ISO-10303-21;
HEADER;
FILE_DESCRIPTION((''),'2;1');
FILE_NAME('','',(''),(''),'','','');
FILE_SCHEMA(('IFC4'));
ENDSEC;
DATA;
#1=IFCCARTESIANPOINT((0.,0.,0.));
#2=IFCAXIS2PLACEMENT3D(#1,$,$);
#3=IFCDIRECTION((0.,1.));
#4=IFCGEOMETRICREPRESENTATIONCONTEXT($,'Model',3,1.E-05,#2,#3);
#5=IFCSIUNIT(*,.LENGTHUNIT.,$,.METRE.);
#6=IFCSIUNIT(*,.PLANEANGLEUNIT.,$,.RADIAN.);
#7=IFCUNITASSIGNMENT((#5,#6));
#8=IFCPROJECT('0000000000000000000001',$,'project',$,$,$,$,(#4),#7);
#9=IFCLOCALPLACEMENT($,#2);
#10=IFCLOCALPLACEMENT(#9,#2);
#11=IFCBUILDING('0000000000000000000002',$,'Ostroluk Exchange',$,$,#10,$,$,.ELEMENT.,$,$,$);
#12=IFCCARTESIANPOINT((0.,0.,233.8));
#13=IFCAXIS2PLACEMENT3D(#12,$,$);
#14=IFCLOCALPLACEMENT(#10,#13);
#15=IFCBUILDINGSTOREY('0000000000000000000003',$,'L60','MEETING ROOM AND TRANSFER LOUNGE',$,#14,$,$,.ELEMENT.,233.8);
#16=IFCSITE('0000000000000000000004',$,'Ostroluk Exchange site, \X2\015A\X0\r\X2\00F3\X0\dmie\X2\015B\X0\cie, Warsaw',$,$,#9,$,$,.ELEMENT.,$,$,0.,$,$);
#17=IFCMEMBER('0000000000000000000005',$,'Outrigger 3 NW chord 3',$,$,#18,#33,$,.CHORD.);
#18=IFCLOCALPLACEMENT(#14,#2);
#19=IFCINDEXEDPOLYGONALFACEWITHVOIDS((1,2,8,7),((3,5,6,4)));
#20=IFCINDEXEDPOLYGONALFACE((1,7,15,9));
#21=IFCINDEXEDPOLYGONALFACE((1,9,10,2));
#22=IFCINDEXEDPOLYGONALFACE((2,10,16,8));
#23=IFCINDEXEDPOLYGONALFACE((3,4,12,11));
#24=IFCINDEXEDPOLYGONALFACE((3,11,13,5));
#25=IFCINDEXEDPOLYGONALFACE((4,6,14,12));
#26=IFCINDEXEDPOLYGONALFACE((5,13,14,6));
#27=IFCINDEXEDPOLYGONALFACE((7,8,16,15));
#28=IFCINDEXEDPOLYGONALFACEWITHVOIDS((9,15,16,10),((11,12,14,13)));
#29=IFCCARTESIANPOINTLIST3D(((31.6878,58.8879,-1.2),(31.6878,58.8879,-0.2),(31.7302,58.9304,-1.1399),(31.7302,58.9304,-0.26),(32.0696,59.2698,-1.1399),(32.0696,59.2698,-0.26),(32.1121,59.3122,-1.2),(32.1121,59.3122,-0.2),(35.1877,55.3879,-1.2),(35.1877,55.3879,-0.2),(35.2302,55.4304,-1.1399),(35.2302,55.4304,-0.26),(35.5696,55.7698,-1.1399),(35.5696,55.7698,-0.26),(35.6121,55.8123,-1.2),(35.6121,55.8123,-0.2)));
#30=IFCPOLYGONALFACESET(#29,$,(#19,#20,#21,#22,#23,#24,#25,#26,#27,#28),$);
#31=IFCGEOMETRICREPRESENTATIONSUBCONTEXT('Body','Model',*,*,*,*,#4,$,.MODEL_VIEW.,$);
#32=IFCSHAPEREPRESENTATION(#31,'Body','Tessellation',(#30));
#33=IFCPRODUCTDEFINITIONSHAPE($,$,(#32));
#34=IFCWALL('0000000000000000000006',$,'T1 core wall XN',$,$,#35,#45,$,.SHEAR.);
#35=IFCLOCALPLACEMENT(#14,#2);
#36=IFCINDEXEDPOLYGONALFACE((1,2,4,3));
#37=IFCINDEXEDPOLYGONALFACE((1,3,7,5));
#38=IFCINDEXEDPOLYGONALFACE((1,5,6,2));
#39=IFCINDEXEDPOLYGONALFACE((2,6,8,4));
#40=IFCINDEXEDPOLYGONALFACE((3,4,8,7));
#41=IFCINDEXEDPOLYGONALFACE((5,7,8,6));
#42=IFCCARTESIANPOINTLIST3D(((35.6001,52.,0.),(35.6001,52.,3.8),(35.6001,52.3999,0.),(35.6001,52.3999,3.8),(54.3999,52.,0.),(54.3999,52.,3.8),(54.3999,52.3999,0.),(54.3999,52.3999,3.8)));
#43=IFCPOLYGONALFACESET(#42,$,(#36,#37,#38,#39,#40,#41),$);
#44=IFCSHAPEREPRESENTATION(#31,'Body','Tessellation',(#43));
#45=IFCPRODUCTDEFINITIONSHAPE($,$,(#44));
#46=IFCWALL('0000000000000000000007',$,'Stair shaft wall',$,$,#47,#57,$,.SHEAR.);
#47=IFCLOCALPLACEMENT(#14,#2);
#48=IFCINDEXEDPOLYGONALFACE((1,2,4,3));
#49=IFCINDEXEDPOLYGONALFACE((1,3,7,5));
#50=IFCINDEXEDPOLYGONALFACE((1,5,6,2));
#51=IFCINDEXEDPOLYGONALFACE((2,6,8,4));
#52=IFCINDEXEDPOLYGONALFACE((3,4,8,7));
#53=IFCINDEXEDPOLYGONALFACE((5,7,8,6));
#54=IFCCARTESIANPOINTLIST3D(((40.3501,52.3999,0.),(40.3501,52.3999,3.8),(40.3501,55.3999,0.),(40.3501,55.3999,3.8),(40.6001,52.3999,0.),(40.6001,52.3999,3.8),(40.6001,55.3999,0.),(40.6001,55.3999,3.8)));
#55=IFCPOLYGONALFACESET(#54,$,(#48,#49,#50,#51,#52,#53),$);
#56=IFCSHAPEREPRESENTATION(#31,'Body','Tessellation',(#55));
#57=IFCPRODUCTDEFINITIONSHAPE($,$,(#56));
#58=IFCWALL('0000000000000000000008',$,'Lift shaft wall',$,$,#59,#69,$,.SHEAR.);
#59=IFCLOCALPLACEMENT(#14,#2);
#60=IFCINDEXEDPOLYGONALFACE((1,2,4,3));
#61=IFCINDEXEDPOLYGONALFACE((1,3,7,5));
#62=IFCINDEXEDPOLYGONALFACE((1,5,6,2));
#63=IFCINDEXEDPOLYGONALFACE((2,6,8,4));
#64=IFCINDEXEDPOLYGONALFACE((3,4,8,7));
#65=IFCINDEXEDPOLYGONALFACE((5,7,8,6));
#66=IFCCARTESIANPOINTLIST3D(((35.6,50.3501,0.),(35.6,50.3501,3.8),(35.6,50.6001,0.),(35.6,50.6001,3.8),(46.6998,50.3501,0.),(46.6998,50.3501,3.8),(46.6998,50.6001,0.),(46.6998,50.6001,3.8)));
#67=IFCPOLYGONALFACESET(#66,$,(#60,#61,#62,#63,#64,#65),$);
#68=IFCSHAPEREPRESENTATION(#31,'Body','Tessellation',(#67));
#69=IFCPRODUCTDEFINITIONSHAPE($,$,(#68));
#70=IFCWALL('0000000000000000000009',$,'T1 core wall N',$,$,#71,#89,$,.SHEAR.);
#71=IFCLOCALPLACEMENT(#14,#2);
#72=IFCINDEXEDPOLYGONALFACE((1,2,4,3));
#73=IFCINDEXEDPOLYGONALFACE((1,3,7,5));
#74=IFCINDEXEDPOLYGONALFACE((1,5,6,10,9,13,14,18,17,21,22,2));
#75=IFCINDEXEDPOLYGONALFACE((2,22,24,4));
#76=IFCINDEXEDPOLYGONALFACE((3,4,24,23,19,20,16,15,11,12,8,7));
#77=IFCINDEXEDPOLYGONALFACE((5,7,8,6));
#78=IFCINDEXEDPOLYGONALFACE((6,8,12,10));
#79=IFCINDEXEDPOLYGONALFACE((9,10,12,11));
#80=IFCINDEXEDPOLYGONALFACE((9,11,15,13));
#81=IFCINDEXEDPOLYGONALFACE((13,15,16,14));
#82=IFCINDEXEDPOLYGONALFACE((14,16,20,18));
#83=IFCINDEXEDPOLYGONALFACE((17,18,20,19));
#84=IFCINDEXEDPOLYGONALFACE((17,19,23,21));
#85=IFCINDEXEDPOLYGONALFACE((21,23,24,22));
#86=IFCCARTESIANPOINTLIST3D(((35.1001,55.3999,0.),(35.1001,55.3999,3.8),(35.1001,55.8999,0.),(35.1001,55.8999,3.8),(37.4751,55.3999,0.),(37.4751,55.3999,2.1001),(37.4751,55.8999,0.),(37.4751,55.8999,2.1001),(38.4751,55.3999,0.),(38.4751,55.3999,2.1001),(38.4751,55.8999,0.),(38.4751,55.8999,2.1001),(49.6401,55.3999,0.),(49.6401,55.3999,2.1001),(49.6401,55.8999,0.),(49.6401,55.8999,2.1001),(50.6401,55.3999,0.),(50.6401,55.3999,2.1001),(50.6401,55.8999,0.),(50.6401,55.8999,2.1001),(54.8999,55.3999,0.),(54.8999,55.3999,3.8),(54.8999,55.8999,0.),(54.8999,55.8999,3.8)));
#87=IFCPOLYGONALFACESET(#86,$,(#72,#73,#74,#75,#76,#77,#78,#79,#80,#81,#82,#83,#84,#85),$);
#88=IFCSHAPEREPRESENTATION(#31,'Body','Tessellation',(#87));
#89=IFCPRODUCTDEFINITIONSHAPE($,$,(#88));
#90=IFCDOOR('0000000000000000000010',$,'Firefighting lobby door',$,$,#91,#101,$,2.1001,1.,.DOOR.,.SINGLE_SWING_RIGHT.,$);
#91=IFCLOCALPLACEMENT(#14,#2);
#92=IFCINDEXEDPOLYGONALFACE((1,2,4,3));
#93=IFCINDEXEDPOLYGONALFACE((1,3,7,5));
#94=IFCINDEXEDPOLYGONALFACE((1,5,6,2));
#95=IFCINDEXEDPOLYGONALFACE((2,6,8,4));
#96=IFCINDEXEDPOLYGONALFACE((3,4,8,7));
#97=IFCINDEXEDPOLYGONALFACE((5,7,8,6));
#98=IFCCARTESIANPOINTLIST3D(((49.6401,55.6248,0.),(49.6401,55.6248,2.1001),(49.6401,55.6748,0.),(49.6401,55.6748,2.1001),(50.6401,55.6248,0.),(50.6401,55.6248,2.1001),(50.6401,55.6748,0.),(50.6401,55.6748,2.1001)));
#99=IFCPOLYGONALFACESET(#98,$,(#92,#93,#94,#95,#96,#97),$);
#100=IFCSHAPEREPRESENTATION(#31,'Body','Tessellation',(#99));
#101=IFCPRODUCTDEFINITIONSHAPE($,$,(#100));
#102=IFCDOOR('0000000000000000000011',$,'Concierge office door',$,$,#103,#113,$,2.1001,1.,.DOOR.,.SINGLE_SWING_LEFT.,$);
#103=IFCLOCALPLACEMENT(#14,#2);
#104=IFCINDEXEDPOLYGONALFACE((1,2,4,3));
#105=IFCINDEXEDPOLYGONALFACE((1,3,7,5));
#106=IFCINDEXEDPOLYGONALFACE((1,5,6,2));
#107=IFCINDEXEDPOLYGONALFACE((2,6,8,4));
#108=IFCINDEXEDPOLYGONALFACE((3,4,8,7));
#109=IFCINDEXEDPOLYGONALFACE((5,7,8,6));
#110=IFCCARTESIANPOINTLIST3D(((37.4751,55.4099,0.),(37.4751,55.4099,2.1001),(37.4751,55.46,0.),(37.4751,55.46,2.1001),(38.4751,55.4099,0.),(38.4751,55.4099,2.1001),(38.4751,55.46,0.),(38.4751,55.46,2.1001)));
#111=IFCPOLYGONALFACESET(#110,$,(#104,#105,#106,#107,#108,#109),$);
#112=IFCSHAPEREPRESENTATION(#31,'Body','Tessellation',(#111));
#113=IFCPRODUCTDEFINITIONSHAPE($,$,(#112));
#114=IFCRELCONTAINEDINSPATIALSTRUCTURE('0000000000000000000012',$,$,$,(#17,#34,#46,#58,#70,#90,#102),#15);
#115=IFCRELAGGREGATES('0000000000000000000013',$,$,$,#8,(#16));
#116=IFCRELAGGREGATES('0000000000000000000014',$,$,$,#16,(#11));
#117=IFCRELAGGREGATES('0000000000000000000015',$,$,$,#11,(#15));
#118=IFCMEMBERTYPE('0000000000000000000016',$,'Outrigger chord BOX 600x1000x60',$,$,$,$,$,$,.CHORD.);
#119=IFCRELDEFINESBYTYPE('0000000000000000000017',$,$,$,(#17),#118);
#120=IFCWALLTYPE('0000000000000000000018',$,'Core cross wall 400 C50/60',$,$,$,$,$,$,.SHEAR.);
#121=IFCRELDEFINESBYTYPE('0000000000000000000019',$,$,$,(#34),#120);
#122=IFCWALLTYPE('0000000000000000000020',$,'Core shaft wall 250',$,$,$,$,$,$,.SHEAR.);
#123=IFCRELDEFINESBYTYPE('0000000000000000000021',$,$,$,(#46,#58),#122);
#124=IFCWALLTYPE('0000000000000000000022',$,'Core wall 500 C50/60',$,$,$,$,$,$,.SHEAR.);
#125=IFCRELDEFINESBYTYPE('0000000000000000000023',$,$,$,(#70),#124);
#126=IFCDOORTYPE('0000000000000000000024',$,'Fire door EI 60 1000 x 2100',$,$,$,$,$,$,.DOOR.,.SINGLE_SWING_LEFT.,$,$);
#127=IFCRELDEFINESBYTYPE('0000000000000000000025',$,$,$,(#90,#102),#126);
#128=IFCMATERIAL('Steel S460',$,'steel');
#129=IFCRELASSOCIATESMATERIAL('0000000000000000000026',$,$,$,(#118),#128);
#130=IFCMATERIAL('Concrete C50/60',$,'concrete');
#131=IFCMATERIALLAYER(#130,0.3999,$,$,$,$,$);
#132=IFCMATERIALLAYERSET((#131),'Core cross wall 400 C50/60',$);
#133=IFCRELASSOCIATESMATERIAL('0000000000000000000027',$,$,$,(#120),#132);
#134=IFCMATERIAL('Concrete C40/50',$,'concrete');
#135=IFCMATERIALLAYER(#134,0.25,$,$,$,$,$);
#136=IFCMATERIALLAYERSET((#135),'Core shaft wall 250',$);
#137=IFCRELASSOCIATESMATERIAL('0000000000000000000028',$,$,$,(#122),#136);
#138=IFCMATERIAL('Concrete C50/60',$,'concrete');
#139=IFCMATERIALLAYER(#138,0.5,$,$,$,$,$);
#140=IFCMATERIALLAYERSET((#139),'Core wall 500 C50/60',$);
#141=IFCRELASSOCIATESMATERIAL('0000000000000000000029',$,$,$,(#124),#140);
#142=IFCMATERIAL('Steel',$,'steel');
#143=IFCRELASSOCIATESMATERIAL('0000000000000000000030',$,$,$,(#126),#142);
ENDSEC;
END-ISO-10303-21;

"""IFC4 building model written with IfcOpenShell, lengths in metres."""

from ifc_helpers import new_model, si_unit, direction, frame, frame_2d, origin, origin_2d, place, context, subcontext, project, spatial, rectangle, hollow_rectangle, extrude, material, layer, layer_set, material_profile, profile_set, type_object, element, fill, save


model = new_model("IFC4")

# Units and contexts
model_context = context("Model", 3, precision=1e-05, world=origin(), true_north=direction((0.0, 1.0)))
body_context = subcontext(model_context, "Body", "Model", "MODEL_VIEW")
ifc_project = project(units=[si_unit("LENGTHUNIT", "METRE"), si_unit("PLANEANGLEUNIT", "RADIAN")], contexts=[model_context])

# Site, building, storey
site_placement = place(None, origin())
site = spatial("IfcSite", under=ifc_project, at=site_placement, Name="Ostroluk Exchange site, Śródmieście, Warsaw", CompositionType="ELEMENT", RefElevation=0.0)
building_placement = place(site_placement, origin())
building = spatial("IfcBuilding", under=site, at=building_placement, Name="Ostroluk Exchange", CompositionType="ELEMENT")
storey_placement = place(building_placement, frame((0.0, 0.0, 233.8)))
storey = spatial("IfcBuildingStorey", under=building, at=storey_placement, Name="L60", Description="MEETING ROOM AND TRANSFER LOUNGE", CompositionType="ELEMENT", Elevation=233.8)

# Member
ifc_material_1 = material(Name="Steel S460", Category="steel")
ifc_material_profile_1 = material_profile(ifc_material_1, hollow_rectangle(XDim=0.6001, YDim=1.0, WallThickness=0.0601, at=origin_2d()), Name="BOX 600x1000x60")
ifc_profile_set_1 = profile_set([ifc_material_profile_1], Name="Steel S460")
member_type = type_object("IfcMemberType", Name="Outrigger chord BOX 600x1000x60", PredefinedType="CHORD", material=ifc_profile_set_1)
member_placement = place(storey_placement, frame((35.3999, 55.6001, -0.7), z_axis=(-0.707107, 0.707107, 0.0), x_axis=(-0.707107, -0.707107, 0.0)))
element("IfcMember", 1, at=member_placement, inside=storey, type_object=member_type, Name="Outrigger 3 NW chord 3", PredefinedType="CHORD", context=body_context, shape_type="SweptSolid", body=[
    extrude(hollow_rectangle(XDim=0.6001, YDim=1.0, WallThickness=0.0601, at=origin_2d()), origin(), (0.0, 0.0, 1.0), 4.9497),
])

# Walls
ifc_material_2 = material(Name="Concrete C50/60", Category="concrete")
ifc_layer_1 = layer(ifc_material_2, 0.3999)
ifc_layer_set_1 = layer_set([ifc_layer_1], Name="Core cross wall 400 C50/60")
wall_type_1 = type_object("IfcWallType", Name="Core cross wall 400 C50/60", PredefinedType="SHEAR", material=ifc_layer_set_1)
wall_1_placement = place(storey_placement, frame((35.6001, 52.2, 0.0), z_axis=(0.0, 0.0, 1.0), x_axis=(1.0, 0.0, 0.0)))
element("IfcWall", 2, at=wall_1_placement, inside=storey, type_object=wall_type_1, Name="T1 core wall XN", PredefinedType="SHEAR", context=body_context, shape_type="SweptSolid", body=[
    extrude(rectangle(XDim=18.7998, YDim=0.3999, at=frame_2d((9.3999, 0.0))), origin(), (0.0, 0.0, 1.0), 3.8),
])
ifc_material_3 = material(Name="Concrete C40/50", Category="concrete")
ifc_layer_2 = layer(ifc_material_3, 0.25)
ifc_layer_set_2 = layer_set([ifc_layer_2], Name="Core shaft wall 250")
wall_type_2 = type_object("IfcWallType", Name="Core shaft wall 250", PredefinedType="SHEAR", material=ifc_layer_set_2)
wall_2_placement = place(storey_placement, frame((40.4751, 52.3999, 0.0), z_axis=(0.0, 0.0, 1.0), x_axis=(0.0, 1.0, 0.0)))
element("IfcWall", 3, at=wall_2_placement, inside=storey, type_object=wall_type_2, Name="Stair shaft wall", PredefinedType="SHEAR", context=body_context, shape_type="SweptSolid", body=[
    extrude(rectangle(XDim=3.0, YDim=0.25, at=frame_2d((1.5, 0.0))), origin(), (0.0, 0.0, 1.0), 3.8),
])
wall_3_placement = place(storey_placement, frame((35.6001, 50.4751, 0.0), z_axis=(0.0, 0.0, 1.0), x_axis=(1.0, 0.0, 0.0)))
element("IfcWall", 4, at=wall_3_placement, inside=storey, type_object=wall_type_2, Name="Lift shaft wall", PredefinedType="SHEAR", context=body_context, shape_type="SweptSolid", body=[
    extrude(rectangle(XDim=11.0999, YDim=0.25, at=frame_2d((5.5498, 0.0))), origin(), (0.0, 0.0, 1.0), 3.8),
])

# Wall, openings, doors
ifc_material_4 = material(Name="Concrete C50/60", Category="concrete")
ifc_layer_3 = layer(ifc_material_4, 0.5)
ifc_layer_set_3 = layer_set([ifc_layer_3], Name="Core wall 500 C50/60")
wall_type_3 = type_object("IfcWallType", Name="Core wall 500 C50/60", PredefinedType="SHEAR", material=ifc_layer_set_3)
wall_4_placement = place(storey_placement, frame((35.1001, 55.6499, 0.0), z_axis=(0.0, 0.0, 1.0), x_axis=(1.0, 0.0, 0.0)))
wall_4 = element("IfcWall", 5, at=wall_4_placement, inside=storey, type_object=wall_type_3, Name="T1 core wall N", PredefinedType="SHEAR", context=body_context, shape_type="SweptSolid", body=[
    extrude(rectangle(XDim=19.7998, YDim=0.5, at=frame_2d((9.8999, 0.0))), origin(), (0.0, 0.0, 1.0), 3.8),
])
opening_1_placement = place(wall_4_placement, frame((14.54, 0.0, 0.0)))
opening_1 = element("IfcOpeningElement", 6, at=opening_1_placement, cuts=wall_4, PredefinedType="OPENING", context=body_context, shape_type="SweptSolid", body=[
    extrude(rectangle(XDim=1.0, YDim=2.1001, at=frame_2d((0.5, 1.05))), frame((0.0, 0.26, 0.0), z_axis=(0.0, -1.0, 0.0), x_axis=(1.0, 0.0, 0.0)), (0.0, 0.0, 1.0), 0.52),
])
opening_2_placement = place(wall_4_placement, frame((2.375, 0.0, 0.0)))
opening_2 = element("IfcOpeningElement", 7, at=opening_2_placement, cuts=wall_4, PredefinedType="OPENING", context=body_context, shape_type="SweptSolid", body=[
    extrude(rectangle(XDim=1.0, YDim=2.1001, at=frame_2d((0.5, 1.05))), frame((0.0, 0.26, 0.0), z_axis=(0.0, -1.0, 0.0), x_axis=(1.0, 0.0, 0.0)), (0.0, 0.0, 1.0), 0.52),
])
ifc_material_5 = material(Name="Steel", Category="steel")
door_type = type_object("IfcDoorType", Name="Fire door EI 60 1000 x 2100", OperationType="SINGLE_SWING_LEFT", PredefinedType="DOOR", material=ifc_material_5)
door_1_placement = place(opening_1_placement, origin())
door_1 = element("IfcDoor", 8, at=door_1_placement, inside=storey, type_object=door_type, Name="Firefighting lobby door", OperationType="SINGLE_SWING_RIGHT", OverallHeight=2.1001, OverallWidth=1.0, PredefinedType="DOOR", context=body_context, shape_type="SweptSolid", body=[
    extrude(rectangle(XDim=1.0, YDim=2.1001, at=frame_2d((0.5, 1.05))), frame((0.0, 0.0249, 0.0), z_axis=(0.0, -1.0, 0.0), x_axis=(1.0, 0.0, 0.0)), (0.0, 0.0, 1.0), 0.05),
])
fill(opening_1, door_1)
door_2_placement = place(opening_2_placement, origin())
door_2 = element("IfcDoor", 9, at=door_2_placement, inside=storey, type_object=door_type, Name="Concierge office door", OperationType="SINGLE_SWING_LEFT", OverallHeight=2.1001, OverallWidth=1.0, PredefinedType="DOOR", context=body_context, shape_type="SweptSolid", body=[
    extrude(rectangle(XDim=1.0, YDim=2.1001, at=frame_2d((0.5, 1.05))), frame((0.0, -0.1899, 0.0), z_axis=(0.0, -1.0, 0.0), x_axis=(1.0, 0.0, 0.0)), (0.0, 0.0, 1.0), 0.05),
])
fill(opening_2, door_2)

save(model, "model.ifc")
